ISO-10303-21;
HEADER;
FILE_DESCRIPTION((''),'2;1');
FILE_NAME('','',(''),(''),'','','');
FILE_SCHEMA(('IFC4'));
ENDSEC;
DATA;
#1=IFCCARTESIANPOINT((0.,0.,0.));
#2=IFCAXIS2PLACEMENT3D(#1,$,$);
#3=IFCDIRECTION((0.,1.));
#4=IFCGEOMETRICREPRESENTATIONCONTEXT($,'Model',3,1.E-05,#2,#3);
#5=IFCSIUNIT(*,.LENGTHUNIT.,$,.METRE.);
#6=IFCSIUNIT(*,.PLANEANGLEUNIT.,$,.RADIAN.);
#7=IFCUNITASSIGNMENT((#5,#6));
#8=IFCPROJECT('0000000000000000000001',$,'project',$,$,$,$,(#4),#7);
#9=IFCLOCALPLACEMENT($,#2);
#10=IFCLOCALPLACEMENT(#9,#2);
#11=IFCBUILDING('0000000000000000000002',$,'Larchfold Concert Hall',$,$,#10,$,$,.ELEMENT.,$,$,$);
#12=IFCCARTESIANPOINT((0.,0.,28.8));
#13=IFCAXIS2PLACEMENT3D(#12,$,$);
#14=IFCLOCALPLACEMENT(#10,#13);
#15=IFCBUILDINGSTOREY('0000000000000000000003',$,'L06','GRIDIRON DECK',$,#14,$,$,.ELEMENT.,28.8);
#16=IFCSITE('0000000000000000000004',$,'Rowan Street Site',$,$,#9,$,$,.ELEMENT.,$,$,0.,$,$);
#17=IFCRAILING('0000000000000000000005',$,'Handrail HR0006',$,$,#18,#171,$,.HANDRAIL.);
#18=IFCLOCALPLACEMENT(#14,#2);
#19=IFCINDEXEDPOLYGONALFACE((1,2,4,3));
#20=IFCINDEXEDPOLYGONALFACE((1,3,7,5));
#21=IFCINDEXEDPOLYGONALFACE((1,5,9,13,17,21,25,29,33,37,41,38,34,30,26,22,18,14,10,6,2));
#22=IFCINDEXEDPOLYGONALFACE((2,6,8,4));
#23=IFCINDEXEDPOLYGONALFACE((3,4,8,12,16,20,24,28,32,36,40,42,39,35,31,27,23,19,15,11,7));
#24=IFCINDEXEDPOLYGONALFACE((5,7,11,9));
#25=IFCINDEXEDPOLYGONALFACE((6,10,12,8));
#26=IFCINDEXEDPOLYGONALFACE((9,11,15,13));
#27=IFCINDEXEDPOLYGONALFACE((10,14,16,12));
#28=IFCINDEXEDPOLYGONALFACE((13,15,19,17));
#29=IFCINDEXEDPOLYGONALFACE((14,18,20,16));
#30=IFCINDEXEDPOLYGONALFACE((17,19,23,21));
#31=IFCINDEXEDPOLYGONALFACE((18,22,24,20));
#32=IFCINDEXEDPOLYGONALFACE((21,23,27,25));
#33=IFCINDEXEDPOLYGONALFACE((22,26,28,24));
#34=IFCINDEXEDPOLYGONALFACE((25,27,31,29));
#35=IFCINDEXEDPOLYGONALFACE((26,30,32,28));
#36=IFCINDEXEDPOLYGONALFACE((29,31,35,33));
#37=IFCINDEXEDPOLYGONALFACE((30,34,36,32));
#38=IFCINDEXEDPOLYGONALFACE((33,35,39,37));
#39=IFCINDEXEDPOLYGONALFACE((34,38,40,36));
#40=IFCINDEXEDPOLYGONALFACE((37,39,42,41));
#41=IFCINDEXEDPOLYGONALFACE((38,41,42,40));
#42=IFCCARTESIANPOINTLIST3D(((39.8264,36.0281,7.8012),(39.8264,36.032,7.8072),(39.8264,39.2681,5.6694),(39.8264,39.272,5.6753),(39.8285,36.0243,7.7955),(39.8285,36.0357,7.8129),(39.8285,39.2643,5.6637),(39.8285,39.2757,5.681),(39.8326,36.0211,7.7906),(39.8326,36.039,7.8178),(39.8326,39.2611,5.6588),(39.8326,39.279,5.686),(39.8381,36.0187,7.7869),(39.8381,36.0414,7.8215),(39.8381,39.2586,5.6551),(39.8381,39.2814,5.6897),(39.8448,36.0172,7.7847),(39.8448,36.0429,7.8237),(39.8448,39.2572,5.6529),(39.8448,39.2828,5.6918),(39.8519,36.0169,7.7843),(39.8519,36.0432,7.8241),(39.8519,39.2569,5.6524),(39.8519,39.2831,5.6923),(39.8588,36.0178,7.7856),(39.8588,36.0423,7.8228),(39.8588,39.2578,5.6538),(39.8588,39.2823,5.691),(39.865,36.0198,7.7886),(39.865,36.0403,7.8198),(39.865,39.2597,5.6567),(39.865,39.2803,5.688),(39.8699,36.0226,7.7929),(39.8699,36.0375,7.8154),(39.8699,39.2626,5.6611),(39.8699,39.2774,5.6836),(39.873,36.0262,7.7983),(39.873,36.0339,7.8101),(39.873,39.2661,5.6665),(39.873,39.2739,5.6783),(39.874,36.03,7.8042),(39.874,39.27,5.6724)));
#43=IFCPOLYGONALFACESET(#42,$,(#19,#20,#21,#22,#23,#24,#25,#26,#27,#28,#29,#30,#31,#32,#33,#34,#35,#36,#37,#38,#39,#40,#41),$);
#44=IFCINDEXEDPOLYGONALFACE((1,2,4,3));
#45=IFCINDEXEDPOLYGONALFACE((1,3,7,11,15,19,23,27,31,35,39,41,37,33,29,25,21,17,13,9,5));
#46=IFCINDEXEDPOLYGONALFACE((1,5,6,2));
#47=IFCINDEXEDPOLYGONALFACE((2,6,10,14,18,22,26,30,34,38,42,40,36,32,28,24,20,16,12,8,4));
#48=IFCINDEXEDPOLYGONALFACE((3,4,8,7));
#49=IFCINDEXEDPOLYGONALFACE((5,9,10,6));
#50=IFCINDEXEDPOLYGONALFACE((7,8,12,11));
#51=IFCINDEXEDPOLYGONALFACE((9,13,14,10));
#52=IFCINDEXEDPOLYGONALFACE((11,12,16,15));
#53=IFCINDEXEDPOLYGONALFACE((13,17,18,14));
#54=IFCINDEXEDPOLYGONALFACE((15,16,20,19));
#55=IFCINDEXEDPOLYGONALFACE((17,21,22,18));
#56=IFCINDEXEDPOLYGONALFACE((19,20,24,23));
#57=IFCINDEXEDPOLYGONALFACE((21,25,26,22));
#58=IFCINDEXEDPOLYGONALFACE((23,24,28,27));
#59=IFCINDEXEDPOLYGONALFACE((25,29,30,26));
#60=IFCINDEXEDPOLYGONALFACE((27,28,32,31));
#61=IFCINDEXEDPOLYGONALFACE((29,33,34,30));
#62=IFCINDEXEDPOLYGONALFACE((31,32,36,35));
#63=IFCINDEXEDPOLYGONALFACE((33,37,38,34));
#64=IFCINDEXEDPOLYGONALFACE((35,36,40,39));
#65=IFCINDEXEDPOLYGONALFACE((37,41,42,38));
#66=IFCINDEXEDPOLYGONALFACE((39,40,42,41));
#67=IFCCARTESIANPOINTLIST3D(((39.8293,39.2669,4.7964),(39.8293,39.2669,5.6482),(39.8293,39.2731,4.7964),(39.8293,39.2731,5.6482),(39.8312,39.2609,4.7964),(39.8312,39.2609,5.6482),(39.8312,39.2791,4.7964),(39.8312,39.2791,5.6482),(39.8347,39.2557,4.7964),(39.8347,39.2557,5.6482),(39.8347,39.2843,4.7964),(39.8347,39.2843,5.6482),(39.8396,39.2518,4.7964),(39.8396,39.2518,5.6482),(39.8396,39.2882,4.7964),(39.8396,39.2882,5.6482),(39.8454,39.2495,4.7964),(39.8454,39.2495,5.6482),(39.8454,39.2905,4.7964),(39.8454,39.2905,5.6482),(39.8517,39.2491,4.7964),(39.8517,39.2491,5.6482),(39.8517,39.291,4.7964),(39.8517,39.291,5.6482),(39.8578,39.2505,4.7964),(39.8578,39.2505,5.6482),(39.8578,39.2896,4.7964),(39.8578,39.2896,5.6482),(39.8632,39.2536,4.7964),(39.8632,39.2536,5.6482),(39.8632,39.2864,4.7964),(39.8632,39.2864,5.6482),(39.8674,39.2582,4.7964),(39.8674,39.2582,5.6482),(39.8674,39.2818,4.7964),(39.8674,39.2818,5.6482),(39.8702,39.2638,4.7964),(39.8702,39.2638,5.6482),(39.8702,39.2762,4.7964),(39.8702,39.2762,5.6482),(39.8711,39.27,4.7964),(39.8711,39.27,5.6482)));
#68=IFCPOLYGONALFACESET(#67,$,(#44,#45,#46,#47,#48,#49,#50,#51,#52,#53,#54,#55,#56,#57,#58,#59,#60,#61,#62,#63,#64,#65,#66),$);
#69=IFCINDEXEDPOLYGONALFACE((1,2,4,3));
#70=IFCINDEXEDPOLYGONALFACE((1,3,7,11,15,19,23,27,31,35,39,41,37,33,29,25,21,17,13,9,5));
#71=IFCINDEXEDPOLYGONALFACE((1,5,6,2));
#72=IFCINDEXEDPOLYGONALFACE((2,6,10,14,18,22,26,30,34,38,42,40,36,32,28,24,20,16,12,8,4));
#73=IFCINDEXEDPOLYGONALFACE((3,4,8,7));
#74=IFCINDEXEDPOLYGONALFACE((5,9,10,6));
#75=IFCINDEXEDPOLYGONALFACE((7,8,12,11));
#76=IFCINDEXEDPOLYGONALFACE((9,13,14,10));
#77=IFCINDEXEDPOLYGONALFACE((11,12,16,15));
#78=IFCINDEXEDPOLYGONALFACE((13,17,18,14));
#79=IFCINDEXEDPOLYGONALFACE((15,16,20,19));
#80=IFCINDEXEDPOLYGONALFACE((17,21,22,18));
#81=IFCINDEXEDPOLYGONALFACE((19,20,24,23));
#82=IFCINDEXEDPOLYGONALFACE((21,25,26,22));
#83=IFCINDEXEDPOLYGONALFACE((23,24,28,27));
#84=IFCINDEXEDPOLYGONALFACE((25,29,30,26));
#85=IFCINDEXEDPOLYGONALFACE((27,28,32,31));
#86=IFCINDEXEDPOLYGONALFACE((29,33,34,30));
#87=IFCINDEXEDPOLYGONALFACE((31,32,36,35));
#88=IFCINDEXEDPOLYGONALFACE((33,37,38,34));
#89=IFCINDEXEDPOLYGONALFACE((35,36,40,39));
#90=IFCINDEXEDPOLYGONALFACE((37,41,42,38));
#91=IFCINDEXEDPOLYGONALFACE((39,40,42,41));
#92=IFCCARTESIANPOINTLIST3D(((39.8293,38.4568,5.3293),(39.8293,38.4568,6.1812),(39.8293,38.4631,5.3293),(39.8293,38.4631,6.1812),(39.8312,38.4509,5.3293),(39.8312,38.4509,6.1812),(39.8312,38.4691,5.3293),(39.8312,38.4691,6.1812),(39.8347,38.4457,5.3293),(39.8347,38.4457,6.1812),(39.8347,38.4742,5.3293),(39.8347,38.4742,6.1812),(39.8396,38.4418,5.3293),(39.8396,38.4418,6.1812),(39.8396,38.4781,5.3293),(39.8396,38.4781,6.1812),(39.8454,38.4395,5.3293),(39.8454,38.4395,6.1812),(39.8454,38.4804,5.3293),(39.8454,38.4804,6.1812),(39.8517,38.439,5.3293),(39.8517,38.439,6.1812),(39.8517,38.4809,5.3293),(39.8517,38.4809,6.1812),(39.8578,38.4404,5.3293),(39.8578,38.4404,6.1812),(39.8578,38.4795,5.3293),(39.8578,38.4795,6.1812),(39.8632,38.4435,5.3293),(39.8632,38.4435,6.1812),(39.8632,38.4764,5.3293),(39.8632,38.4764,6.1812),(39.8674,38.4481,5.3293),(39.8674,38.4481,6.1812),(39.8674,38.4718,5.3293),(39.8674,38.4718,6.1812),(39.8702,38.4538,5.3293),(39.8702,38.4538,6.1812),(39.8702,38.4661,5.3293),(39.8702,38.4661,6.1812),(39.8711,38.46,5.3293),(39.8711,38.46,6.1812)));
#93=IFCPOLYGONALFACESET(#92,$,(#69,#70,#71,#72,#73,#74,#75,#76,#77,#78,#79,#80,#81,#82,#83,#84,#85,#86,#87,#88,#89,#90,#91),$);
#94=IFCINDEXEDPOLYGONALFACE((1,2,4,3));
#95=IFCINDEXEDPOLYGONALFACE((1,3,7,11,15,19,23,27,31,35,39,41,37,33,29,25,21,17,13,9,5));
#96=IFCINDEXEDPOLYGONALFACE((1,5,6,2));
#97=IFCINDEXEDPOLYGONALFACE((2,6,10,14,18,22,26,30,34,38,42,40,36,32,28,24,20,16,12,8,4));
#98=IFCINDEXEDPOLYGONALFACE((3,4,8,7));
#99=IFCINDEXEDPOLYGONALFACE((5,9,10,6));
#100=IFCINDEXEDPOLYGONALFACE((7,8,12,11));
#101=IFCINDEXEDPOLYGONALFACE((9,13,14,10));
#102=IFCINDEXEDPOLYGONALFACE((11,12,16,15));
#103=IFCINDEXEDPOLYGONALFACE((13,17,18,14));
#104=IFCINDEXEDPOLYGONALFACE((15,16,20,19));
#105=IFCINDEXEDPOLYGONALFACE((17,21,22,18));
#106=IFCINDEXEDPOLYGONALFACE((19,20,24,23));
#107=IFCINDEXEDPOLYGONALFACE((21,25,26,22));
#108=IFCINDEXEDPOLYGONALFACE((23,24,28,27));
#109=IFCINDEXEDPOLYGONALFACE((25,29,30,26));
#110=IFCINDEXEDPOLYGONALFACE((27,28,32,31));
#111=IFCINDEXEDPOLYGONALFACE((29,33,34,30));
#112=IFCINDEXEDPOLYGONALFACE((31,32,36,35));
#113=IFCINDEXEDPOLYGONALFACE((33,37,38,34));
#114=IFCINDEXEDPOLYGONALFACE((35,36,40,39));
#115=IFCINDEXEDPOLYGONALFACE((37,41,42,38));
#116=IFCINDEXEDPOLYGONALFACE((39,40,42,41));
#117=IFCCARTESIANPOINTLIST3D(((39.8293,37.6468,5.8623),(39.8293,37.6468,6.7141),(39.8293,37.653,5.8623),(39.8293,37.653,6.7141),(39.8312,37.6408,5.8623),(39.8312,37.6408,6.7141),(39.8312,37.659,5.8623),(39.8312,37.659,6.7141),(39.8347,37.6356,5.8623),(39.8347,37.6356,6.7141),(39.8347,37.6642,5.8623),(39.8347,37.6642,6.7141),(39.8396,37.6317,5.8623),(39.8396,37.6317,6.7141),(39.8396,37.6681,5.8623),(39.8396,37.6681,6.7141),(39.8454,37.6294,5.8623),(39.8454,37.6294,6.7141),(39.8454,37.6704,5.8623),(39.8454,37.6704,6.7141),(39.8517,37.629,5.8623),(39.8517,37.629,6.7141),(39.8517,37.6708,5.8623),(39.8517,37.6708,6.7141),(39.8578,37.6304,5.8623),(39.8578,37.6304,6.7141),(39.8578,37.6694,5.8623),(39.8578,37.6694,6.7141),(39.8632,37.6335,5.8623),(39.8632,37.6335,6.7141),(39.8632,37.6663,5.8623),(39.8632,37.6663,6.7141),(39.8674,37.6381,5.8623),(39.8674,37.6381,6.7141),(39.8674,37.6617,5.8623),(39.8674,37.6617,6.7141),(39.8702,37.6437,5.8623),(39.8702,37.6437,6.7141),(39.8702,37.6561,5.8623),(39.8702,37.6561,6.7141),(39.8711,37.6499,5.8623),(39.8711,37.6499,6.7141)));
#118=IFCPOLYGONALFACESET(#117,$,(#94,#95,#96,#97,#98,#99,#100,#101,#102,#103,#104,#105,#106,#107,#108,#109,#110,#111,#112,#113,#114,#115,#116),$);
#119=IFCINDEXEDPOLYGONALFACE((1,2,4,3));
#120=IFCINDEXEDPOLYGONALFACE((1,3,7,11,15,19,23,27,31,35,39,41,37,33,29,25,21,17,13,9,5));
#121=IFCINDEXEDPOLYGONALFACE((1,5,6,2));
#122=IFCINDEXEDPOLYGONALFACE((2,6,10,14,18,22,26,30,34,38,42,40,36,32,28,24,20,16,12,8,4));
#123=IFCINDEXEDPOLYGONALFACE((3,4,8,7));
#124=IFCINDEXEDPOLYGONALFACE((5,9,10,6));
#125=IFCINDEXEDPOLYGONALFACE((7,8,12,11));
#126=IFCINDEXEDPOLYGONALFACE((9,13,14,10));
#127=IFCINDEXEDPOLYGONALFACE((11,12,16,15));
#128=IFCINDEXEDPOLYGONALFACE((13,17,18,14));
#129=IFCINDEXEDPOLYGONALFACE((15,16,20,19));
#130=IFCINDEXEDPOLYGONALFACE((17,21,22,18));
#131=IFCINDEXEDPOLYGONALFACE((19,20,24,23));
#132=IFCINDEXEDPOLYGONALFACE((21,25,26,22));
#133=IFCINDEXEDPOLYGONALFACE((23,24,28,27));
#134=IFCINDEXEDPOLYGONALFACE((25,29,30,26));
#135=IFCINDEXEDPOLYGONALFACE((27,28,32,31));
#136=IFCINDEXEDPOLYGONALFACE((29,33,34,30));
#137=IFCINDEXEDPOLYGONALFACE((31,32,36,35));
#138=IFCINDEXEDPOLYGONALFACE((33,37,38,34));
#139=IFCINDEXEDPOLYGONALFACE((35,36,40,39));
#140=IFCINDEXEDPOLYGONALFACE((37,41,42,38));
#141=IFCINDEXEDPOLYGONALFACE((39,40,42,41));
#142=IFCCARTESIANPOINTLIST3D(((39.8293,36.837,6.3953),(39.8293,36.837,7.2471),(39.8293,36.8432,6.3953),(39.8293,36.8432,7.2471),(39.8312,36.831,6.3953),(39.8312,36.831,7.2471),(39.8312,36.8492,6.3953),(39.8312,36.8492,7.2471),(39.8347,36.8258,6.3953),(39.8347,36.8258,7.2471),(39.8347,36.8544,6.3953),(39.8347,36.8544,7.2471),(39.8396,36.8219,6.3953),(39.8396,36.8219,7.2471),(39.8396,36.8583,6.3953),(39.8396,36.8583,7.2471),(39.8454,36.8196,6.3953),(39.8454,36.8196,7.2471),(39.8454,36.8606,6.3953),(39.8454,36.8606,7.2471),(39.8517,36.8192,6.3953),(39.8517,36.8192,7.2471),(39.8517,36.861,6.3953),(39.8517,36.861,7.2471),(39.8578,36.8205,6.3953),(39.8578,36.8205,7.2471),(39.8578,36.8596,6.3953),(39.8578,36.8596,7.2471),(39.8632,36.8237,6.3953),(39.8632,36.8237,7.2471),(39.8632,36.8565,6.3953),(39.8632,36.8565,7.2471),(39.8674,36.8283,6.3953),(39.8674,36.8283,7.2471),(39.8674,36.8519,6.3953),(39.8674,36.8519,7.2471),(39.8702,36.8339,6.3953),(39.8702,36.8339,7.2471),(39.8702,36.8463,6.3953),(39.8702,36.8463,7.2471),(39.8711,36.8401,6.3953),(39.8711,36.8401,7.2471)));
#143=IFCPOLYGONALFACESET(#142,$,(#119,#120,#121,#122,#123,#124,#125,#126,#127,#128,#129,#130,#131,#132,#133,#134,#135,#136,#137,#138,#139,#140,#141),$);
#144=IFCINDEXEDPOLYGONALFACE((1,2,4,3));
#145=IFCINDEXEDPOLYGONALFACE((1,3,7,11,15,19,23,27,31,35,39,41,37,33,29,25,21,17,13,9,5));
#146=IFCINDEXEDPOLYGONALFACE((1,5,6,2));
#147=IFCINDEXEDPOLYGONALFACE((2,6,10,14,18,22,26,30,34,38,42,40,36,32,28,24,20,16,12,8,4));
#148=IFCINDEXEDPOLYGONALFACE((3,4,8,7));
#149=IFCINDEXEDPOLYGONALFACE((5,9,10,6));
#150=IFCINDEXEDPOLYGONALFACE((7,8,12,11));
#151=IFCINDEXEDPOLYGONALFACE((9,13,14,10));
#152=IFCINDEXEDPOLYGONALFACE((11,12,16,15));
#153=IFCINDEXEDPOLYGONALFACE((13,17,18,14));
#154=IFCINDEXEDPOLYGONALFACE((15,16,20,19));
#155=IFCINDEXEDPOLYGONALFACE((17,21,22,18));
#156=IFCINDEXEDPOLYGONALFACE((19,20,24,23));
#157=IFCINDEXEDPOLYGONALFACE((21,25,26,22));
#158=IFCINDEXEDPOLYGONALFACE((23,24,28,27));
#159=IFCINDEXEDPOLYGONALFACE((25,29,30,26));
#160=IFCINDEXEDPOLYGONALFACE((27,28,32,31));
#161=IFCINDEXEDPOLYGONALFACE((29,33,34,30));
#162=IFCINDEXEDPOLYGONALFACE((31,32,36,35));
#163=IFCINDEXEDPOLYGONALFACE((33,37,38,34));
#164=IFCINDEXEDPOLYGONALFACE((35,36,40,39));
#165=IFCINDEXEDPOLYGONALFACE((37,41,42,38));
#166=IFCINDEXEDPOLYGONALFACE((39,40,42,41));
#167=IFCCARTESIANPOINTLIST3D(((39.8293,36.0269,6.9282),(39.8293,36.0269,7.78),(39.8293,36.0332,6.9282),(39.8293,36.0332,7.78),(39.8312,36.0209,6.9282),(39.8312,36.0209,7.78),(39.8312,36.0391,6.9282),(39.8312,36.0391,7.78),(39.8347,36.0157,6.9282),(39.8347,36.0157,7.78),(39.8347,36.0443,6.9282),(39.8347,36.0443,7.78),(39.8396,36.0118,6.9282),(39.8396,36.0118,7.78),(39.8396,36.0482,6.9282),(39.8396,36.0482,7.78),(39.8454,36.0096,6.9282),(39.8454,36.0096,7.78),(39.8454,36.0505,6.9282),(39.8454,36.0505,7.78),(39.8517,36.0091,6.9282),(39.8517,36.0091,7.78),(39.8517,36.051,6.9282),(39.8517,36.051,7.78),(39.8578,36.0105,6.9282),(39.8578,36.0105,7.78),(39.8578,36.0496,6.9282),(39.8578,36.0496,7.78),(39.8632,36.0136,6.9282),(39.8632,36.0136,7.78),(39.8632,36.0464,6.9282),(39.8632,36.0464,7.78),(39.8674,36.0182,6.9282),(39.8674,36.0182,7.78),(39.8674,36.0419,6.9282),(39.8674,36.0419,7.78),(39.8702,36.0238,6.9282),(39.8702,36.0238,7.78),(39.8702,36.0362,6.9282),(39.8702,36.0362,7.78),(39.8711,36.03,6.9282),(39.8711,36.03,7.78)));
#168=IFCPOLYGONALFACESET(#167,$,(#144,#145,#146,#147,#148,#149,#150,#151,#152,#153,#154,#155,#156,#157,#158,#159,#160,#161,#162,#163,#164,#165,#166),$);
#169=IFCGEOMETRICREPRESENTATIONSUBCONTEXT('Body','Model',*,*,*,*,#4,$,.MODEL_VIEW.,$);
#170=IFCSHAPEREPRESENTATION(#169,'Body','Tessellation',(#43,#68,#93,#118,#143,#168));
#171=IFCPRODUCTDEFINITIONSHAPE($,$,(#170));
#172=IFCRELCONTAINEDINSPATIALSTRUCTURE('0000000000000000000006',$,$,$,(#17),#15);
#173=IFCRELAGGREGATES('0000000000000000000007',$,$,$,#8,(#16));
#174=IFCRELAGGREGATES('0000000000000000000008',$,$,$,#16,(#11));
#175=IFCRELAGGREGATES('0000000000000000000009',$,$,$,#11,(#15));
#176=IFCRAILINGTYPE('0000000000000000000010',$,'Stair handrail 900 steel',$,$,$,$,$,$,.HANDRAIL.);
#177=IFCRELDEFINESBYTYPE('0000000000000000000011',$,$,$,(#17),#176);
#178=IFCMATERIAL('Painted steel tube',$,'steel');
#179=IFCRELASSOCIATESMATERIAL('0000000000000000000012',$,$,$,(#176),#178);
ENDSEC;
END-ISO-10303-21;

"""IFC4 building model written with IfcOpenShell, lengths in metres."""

from ifc_helpers import new_model, si_unit, direction, frame, origin, origin_2d, place, context, subcontext, project, spatial, circle, extrude, material, type_object, element, save


model = new_model("IFC4")

# Units and contexts
model_context = context("Model", 3, precision=1e-05, world=origin(), true_north=direction((0.0, 1.0)))
body_context = subcontext(model_context, "Body", "Model", "MODEL_VIEW")
ifc_project = project(units=[si_unit("LENGTHUNIT", "METRE"), si_unit("PLANEANGLEUNIT", "RADIAN")], contexts=[model_context])

# Site, building, storey
site_placement = place(None, origin())
site = spatial("IfcSite", under=ifc_project, at=site_placement, Name="Rowan Street Site", CompositionType="ELEMENT", RefElevation=0.0)
building_placement = place(site_placement, origin())
building = spatial("IfcBuilding", under=site, at=building_placement, Name="Larchfold Concert Hall", CompositionType="ELEMENT")
storey_placement = place(building_placement, frame((0.0, 0.0, 28.8)))
storey = spatial("IfcBuildingStorey", under=building, at=storey_placement, Name="L06", Description="GRIDIRON DECK", CompositionType="ELEMENT", Elevation=28.8)

# Railing
ifc_material_1 = material(Name="Painted steel tube", Category="steel")
railing_type_1 = type_object("IfcRailingType", Name="Stair handrail 900 steel", PredefinedType="HANDRAIL", material=ifc_material_1)
railing_1_placement = place(storey_placement, frame((39.8501, 39.27, 4.7964)))
element("IfcRailing", 1, at=railing_1_placement, inside=storey, type_object=railing_type_1, Name="Handrail HR0006", PredefinedType="HANDRAIL", context=body_context, shape_type="SweptSolid", body=[
    extrude(circle(Radius=0.0239, at=origin_2d()), frame((0.0, 0.0, 0.876), z_axis=(0.0, -0.835386, 0.549664), x_axis=(1.0, 0.0, 0.0)), (0.0, 0.0, 1.0), 3.8784),
    extrude(circle(Radius=0.021, at=origin_2d()), origin(), (0.0, 0.0, 1.0), 0.8518),
    extrude(circle(Radius=0.021, at=origin_2d()), frame((0.0, -0.8101, 0.533)), (0.0, 0.0, 1.0), 0.8518),
    extrude(circle(Radius=0.021, at=origin_2d()), frame((0.0, -1.6201, 1.0659)), (0.0, 0.0, 1.0), 0.8518),
    extrude(circle(Radius=0.021, at=origin_2d()), frame((0.0, -2.4299, 1.5989)), (0.0, 0.0, 1.0), 0.8518),
    extrude(circle(Radius=0.021, at=origin_2d()), frame((0.0, -3.24, 2.1318)), (0.0, 0.0, 1.0), 0.8518),
])

save(model, "model.ifc")
